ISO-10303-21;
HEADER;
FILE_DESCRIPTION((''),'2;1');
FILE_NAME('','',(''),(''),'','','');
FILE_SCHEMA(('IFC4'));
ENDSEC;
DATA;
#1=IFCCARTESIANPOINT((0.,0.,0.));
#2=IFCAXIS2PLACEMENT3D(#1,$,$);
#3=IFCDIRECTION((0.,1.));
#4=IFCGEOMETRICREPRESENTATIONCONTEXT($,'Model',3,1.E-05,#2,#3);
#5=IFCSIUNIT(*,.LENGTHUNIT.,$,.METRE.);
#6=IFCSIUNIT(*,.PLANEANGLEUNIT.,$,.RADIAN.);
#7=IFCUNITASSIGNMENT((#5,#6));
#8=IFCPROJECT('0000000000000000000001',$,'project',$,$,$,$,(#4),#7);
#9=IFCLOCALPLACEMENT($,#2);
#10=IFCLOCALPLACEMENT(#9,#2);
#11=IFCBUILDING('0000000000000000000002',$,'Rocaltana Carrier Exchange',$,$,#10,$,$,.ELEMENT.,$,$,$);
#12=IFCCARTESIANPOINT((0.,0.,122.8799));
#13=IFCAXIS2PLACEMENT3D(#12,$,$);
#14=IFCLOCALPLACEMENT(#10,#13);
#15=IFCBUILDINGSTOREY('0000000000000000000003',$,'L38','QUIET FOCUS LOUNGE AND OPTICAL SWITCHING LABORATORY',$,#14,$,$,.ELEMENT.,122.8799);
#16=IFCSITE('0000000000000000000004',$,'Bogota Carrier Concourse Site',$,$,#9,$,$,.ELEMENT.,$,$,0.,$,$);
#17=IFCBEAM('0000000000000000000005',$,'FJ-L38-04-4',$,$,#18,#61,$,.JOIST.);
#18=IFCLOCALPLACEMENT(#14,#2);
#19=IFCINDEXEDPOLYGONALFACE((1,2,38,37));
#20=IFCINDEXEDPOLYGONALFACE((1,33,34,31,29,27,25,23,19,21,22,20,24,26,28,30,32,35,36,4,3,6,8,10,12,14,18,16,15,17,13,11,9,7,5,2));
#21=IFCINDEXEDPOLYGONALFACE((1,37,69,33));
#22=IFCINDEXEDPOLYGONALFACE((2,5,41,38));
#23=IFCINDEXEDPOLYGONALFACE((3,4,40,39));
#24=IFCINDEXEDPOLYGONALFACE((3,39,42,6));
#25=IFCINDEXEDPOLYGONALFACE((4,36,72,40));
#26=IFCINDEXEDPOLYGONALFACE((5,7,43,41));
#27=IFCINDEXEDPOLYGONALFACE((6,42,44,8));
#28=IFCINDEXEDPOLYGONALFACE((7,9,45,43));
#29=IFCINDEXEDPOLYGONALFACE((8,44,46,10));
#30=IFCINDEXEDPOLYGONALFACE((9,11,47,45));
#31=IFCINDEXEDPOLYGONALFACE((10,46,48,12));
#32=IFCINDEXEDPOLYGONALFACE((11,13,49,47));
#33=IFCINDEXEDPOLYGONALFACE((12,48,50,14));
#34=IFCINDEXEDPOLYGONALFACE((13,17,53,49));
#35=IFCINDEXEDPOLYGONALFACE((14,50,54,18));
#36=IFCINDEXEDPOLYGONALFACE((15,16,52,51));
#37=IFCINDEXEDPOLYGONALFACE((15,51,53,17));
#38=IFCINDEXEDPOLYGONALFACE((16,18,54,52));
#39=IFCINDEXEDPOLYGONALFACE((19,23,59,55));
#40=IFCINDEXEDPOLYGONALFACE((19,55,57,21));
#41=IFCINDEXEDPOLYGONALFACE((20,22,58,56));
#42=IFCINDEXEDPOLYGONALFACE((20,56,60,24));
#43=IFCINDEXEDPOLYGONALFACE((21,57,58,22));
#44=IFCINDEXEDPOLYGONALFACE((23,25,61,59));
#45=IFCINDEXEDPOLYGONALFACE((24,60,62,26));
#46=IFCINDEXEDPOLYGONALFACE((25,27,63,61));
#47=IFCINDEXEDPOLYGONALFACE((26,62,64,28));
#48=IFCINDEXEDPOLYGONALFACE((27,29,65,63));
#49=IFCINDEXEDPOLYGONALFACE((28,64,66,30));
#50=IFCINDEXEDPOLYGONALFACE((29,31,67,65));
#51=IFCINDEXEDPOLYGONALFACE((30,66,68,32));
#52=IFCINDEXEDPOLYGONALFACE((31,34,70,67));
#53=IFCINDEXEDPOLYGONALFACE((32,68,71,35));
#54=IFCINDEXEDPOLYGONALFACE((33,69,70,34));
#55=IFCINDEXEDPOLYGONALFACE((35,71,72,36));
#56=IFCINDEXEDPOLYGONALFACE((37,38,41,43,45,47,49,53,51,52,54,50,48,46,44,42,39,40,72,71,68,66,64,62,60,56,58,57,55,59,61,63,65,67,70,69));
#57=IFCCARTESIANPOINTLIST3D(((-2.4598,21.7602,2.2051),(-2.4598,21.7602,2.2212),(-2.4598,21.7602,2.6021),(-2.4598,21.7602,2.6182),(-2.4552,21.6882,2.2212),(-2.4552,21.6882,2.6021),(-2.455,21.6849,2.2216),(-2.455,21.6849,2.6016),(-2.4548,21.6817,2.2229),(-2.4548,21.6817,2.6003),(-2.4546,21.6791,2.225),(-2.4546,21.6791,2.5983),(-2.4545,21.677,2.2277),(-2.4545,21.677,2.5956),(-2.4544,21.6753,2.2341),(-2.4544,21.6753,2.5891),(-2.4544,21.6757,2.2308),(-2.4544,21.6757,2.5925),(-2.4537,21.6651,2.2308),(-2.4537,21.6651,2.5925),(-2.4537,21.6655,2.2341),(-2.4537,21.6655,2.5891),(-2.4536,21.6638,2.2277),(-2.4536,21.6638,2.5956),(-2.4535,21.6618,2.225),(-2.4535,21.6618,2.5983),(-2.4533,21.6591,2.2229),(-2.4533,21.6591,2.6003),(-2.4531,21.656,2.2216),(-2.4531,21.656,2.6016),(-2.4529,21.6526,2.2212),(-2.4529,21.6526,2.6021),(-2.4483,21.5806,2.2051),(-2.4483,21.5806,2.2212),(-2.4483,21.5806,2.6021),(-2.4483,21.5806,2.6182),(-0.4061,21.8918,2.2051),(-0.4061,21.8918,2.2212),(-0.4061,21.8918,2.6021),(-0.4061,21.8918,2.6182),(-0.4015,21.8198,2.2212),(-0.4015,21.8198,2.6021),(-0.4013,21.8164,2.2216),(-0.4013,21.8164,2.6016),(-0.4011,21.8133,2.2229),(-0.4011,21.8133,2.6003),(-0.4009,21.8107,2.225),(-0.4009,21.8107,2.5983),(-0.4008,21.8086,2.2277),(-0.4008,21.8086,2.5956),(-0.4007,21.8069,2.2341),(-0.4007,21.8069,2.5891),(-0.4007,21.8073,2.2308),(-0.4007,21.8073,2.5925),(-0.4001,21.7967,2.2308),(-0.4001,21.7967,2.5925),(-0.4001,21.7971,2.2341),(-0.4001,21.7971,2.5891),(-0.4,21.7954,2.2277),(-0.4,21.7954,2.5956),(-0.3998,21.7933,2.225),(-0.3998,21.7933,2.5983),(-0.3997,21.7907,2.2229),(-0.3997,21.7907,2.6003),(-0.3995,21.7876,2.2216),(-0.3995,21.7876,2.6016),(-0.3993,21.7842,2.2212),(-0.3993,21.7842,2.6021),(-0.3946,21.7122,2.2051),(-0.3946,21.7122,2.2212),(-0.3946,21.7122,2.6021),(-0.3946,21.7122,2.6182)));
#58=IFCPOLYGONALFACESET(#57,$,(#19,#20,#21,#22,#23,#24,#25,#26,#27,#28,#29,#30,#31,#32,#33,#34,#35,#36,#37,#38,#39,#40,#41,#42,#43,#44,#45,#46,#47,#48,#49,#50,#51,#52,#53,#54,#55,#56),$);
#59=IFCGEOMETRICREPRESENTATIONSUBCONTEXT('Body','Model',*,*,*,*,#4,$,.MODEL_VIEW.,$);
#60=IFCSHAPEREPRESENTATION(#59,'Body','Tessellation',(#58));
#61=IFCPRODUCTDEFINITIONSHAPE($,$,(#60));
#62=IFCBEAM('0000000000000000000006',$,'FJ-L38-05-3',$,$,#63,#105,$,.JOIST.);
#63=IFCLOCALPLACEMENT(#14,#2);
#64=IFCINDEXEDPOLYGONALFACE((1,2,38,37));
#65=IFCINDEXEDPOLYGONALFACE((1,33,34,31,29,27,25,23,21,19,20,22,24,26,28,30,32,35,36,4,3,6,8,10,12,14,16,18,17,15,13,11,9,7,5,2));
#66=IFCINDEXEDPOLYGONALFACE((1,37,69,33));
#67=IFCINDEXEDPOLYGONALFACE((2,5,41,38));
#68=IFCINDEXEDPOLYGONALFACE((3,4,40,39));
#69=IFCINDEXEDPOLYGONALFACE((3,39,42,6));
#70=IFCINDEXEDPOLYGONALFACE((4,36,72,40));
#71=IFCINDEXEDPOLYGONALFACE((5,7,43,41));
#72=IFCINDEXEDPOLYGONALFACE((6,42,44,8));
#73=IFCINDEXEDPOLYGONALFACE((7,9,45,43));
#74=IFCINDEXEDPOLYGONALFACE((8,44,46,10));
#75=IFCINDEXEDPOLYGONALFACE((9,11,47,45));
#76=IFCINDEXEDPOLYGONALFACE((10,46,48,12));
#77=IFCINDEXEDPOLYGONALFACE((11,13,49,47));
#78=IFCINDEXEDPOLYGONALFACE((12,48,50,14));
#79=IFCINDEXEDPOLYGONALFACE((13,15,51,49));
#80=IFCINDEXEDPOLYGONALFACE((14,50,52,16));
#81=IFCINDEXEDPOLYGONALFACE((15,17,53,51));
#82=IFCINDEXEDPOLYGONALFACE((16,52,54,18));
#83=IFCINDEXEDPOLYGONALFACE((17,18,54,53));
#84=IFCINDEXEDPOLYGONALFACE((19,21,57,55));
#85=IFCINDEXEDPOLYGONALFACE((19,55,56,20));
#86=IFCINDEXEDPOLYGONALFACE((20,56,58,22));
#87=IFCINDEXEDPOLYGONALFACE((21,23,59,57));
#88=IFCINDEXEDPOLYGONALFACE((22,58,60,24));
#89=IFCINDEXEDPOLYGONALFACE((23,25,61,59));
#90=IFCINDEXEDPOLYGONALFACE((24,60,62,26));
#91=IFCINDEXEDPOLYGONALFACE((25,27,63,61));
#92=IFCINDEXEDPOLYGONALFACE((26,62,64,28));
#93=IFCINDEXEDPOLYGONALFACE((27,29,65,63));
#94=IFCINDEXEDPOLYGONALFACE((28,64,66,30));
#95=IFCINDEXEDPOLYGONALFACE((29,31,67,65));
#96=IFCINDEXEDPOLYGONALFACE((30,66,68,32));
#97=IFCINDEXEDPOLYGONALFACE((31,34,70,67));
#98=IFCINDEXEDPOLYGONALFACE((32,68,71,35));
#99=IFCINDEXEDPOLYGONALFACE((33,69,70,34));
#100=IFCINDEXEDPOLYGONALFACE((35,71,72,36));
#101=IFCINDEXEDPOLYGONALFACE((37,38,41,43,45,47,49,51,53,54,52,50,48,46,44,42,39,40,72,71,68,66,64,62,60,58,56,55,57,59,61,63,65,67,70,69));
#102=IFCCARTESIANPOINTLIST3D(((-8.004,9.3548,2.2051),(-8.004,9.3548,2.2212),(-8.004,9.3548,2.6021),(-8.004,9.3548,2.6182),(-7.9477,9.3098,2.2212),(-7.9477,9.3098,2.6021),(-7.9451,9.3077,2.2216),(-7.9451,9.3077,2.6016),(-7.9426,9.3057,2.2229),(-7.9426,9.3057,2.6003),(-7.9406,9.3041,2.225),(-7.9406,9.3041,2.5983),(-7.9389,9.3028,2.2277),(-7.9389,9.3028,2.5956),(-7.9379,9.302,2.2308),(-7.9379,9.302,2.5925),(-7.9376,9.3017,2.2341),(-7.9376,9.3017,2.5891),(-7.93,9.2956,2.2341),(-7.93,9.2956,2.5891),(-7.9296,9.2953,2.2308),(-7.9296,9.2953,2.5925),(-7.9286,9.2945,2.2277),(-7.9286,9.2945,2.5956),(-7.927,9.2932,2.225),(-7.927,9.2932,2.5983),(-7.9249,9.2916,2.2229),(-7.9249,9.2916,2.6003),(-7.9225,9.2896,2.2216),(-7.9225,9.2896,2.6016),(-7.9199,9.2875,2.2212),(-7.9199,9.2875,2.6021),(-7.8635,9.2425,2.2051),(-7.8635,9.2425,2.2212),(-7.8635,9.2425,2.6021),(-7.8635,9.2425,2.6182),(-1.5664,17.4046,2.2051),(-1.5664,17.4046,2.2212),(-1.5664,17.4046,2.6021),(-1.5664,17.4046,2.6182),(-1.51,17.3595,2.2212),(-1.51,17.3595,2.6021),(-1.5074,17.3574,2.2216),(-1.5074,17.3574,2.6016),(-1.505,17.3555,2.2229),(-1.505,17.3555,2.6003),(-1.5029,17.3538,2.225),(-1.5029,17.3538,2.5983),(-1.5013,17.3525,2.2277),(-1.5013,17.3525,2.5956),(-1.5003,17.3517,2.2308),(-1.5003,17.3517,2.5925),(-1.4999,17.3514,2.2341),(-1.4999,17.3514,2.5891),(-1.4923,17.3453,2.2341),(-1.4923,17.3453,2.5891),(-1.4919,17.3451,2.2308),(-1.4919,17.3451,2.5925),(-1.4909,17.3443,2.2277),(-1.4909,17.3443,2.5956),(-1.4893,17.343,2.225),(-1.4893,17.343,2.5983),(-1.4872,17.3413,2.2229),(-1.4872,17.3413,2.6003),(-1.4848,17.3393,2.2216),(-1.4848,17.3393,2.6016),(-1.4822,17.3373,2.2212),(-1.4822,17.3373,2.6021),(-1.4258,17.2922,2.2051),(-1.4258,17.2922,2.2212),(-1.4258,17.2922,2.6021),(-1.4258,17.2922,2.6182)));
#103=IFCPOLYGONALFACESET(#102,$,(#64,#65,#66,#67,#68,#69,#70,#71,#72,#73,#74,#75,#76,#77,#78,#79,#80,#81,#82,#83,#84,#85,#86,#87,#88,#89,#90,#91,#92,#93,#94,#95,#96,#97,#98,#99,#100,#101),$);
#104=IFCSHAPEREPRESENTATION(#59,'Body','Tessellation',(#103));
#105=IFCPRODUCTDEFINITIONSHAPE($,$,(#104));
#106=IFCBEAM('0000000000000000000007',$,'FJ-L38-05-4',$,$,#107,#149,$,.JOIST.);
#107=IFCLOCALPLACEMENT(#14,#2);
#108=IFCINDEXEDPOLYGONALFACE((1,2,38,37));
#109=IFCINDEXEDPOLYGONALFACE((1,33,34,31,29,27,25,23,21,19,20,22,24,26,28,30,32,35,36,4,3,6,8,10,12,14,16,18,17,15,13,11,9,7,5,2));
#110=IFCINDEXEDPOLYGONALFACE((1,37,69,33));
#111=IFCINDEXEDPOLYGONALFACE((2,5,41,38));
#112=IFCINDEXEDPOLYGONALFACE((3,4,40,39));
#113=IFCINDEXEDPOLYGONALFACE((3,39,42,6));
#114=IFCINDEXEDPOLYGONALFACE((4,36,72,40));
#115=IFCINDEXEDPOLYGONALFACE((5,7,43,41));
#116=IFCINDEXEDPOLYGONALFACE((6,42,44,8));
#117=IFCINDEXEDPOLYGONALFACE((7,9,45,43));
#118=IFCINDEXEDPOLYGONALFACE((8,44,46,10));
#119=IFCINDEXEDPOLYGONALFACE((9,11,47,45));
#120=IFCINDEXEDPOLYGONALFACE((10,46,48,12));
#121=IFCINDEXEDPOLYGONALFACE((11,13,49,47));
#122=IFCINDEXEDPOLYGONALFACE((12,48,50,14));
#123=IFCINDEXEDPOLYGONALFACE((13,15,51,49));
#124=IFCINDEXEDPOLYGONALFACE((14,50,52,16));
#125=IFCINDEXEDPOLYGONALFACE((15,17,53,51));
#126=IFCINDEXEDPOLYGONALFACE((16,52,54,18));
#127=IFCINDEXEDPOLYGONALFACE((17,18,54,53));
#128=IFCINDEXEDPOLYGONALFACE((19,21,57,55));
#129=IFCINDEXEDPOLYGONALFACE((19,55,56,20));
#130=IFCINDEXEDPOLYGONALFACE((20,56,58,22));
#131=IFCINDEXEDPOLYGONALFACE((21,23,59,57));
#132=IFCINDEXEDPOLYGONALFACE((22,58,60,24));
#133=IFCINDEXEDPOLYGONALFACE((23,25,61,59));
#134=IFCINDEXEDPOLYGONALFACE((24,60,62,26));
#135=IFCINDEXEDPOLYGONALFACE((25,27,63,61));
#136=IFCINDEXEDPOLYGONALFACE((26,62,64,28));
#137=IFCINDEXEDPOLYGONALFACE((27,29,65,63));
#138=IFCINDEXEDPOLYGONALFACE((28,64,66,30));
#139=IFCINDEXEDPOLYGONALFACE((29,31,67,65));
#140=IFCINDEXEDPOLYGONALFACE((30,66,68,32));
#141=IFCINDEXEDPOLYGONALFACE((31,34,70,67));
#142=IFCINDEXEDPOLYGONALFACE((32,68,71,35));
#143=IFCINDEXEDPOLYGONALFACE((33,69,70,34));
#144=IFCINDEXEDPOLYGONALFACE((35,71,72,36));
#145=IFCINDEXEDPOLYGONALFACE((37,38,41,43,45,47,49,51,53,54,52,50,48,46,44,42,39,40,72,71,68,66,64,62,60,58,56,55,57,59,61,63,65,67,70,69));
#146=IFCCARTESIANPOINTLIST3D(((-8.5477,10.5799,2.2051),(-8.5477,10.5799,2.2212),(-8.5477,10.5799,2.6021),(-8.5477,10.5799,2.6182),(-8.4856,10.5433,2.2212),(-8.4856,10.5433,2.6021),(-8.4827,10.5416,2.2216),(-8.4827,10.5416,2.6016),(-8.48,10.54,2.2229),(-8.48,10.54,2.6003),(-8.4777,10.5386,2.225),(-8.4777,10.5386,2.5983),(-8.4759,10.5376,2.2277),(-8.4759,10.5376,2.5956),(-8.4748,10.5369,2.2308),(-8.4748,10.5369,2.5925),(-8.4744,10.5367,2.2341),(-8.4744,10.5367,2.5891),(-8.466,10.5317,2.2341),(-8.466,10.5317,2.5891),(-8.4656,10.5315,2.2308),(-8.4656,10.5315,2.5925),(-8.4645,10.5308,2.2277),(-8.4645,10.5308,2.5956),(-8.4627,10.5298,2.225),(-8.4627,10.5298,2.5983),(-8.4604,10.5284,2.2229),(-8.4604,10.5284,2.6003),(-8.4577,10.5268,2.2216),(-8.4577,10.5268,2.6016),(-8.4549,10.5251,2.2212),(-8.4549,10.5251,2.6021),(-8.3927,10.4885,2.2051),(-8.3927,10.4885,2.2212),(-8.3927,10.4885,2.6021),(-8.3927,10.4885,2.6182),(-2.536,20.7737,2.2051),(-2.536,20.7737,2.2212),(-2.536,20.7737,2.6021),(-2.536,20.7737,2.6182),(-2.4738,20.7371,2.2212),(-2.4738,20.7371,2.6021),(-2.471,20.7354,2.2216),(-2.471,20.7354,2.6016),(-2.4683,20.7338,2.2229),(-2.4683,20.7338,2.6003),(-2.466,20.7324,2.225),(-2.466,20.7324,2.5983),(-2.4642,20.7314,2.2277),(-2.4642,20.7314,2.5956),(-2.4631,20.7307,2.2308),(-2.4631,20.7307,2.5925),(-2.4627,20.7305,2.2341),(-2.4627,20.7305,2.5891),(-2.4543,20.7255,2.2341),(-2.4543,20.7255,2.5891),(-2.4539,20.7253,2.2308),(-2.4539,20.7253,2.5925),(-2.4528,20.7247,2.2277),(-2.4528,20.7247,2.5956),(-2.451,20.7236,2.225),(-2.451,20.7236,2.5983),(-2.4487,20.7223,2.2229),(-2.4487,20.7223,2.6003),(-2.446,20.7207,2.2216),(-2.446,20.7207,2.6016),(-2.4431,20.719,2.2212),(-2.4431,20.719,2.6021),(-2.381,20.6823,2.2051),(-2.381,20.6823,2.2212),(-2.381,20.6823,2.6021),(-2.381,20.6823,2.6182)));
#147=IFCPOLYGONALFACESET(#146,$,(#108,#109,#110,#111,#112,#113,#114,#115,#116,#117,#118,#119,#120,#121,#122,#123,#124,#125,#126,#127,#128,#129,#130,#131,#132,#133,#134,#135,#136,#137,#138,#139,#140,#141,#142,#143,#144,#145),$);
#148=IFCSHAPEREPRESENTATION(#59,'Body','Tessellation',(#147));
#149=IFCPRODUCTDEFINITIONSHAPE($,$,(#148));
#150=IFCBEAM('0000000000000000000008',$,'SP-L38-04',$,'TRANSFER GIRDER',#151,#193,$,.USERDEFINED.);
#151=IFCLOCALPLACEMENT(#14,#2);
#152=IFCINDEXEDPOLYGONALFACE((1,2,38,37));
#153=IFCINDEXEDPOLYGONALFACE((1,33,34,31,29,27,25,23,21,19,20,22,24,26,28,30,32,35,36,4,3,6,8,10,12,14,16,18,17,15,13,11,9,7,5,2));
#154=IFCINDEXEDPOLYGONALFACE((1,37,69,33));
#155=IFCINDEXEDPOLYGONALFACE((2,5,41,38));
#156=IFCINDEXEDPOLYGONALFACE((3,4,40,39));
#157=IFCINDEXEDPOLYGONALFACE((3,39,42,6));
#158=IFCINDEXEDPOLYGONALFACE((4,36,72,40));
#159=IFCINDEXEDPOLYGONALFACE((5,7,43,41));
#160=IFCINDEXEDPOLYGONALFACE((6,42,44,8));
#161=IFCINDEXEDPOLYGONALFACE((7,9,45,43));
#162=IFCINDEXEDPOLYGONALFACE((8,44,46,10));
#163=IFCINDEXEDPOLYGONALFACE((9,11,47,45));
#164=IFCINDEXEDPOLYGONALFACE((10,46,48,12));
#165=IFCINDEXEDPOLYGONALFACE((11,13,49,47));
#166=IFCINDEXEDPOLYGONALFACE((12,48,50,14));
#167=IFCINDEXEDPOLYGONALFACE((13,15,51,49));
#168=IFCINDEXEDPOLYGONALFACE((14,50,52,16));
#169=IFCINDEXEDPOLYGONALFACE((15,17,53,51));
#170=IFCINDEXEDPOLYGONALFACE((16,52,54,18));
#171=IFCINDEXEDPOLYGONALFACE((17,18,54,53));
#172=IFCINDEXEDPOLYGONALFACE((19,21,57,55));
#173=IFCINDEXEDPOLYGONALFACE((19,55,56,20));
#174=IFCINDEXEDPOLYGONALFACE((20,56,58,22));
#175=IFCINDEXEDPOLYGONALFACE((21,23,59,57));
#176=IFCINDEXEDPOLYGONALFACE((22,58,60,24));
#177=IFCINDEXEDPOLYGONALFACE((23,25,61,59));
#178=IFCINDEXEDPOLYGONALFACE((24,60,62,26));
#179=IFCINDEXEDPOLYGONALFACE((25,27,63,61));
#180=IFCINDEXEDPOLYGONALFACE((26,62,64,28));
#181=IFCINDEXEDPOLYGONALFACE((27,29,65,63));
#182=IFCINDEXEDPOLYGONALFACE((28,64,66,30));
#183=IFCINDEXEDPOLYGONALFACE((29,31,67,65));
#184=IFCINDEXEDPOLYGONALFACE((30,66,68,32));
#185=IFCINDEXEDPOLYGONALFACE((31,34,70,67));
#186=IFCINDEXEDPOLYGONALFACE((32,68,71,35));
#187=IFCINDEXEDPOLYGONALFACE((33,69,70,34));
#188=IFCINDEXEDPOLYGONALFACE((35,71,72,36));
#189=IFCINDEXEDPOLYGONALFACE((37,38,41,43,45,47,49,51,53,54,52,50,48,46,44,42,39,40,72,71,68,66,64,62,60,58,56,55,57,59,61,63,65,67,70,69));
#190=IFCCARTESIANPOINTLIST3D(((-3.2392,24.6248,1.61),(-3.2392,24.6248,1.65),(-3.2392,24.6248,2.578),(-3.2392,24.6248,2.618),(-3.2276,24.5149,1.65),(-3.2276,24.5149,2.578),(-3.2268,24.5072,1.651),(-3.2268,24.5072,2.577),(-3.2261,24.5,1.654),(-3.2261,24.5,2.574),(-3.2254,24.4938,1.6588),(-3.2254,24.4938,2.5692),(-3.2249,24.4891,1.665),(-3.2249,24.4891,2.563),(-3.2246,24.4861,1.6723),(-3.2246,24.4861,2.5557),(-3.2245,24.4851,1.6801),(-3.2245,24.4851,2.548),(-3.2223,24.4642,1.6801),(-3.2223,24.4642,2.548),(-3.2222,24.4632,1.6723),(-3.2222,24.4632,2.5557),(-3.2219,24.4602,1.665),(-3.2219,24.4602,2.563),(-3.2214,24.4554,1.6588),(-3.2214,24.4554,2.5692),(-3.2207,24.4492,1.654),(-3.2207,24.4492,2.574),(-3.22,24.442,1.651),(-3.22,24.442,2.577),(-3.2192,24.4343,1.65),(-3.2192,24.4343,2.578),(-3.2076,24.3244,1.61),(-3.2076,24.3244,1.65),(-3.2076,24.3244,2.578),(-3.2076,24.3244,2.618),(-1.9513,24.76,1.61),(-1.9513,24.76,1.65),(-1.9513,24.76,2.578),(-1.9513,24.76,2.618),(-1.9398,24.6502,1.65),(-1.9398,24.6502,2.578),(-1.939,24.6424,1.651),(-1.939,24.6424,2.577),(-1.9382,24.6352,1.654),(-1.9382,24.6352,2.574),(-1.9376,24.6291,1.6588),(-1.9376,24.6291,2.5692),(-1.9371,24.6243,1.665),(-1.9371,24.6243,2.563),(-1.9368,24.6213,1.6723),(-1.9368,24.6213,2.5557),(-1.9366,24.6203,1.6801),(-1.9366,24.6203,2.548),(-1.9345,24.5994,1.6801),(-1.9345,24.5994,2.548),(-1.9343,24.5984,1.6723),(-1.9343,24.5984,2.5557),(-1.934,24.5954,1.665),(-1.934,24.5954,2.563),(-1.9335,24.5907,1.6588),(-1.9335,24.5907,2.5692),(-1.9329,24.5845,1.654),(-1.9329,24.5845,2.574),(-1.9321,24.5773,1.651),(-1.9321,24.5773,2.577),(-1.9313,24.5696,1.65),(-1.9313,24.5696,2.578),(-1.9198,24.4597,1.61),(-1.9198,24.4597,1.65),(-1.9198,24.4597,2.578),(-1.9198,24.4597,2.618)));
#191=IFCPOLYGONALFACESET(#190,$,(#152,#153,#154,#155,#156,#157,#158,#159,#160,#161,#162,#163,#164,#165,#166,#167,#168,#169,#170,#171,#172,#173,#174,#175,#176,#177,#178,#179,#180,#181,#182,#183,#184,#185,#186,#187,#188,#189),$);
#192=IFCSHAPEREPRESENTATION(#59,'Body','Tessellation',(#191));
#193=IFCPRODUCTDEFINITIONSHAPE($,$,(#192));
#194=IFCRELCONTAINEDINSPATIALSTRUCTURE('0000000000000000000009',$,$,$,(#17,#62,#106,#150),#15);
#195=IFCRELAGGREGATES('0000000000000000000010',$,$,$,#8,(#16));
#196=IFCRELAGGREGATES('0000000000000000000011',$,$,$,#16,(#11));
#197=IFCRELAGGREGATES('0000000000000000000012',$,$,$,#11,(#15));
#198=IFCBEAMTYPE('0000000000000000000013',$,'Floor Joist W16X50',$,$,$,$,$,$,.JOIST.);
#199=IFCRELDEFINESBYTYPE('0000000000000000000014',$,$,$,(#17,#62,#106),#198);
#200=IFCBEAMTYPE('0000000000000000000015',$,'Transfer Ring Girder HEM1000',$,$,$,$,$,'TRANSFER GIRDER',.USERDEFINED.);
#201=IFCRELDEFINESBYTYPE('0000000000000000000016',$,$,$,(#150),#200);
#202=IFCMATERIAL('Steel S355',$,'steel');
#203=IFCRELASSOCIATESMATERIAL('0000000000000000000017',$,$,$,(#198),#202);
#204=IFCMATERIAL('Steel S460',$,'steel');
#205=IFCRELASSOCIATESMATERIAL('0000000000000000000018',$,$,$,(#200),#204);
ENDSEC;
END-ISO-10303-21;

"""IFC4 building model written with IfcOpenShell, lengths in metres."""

from ifc_helpers import new_model, si_unit, direction, frame, origin, origin_2d, place, context, subcontext, project, spatial, i_section, extrude, material, material_profile, profile_set, type_object, element, save


model = new_model("IFC4")

# Units and contexts
model_context = context("Model", 3, precision=1e-05, world=origin(), true_north=direction((0.0, 1.0)))
body_context = subcontext(model_context, "Body", "Model", "MODEL_VIEW")
ifc_project = project(units=[si_unit("LENGTHUNIT", "METRE"), si_unit("PLANEANGLEUNIT", "RADIAN")], contexts=[model_context])

# Site, building, storey
site_placement = place(None, origin())
site = spatial("IfcSite", under=ifc_project, at=site_placement, Name="Bogota Carrier Concourse Site", CompositionType="ELEMENT", RefElevation=0.0)
building_placement = place(site_placement, origin())
building = spatial("IfcBuilding", under=site, at=building_placement, Name="Rocaltana Carrier Exchange", CompositionType="ELEMENT")
storey_placement = place(building_placement, frame((0.0, 0.0, 122.8799)))
storey = spatial("IfcBuildingStorey", under=building, at=storey_placement, Name="L38", Description="QUIET FOCUS LOUNGE AND OPTICAL SWITCHING LABORATORY", CompositionType="ELEMENT", Elevation=122.8799)

# Beams
ifc_material_1 = material(Name="Steel S355", Category="steel")
ifc_material_profile_1 = material_profile(ifc_material_1, i_section(OverallWidth=0.1799, OverallDepth=0.4131, WebThickness=0.0098, FlangeThickness=0.0161, FilletRadius=0.0129, at=origin_2d()), Name="W16X50")
ifc_profile_set_1 = profile_set([ifc_material_profile_1], Name="Steel S355")
beam_type_1 = type_object("IfcBeamType", Name="Floor Joist W16X50", PredefinedType="JOIST", material=ifc_profile_set_1)
beam_1_placement = place(storey_placement, frame((-0.4004, 21.802, 2.4116), z_axis=(-0.997953, -0.063944, 0.0), x_axis=(0.063944, -0.997953, 0.0)))
element("IfcBeam", 1, at=beam_1_placement, inside=storey, type_object=beam_type_1, Name="FJ-L38-04-4", PredefinedType="JOIST", context=body_context, shape_type="SweptSolid", body=[
    extrude(i_section(OverallWidth=0.1799, OverallDepth=0.4131, WebThickness=0.0098, FlangeThickness=0.0161, FilletRadius=0.0129, at=origin_2d()), origin(), (0.0, 0.0, 1.0), 2.0579),
])
beam_2_placement = place(storey_placement, frame((-1.4961, 17.3484, 2.4116), z_axis=(-0.624571, -0.780968, 0.0), x_axis=(0.780968, -0.624571, 0.0)))
element("IfcBeam", 2, at=beam_2_placement, inside=storey, type_object=beam_type_1, Name="FJ-L38-05-3", PredefinedType="JOIST", context=body_context, shape_type="SweptSolid", body=[
    extrude(i_section(OverallWidth=0.1799, OverallDepth=0.4131, WebThickness=0.0098, FlangeThickness=0.0161, FilletRadius=0.0129, at=origin_2d()), origin(), (0.0, 0.0, 1.0), 10.3074),
])
beam_3_placement = place(storey_placement, frame((-2.4585, 20.728, 2.4116), z_axis=(-0.507983, -0.861367, 0.0), x_axis=(0.861367, -0.507983, 0.0)))
element("IfcBeam", 3, at=beam_3_placement, inside=storey, type_object=beam_type_1, Name="FJ-L38-05-4", PredefinedType="JOIST", context=body_context, shape_type="SweptSolid", body=[
    extrude(i_section(OverallWidth=0.1799, OverallDepth=0.4131, WebThickness=0.0098, FlangeThickness=0.0161, FilletRadius=0.0129, at=origin_2d()), origin(), (0.0, 0.0, 1.0), 11.8345),
])
ifc_material_2 = material(Name="Steel S460", Category="steel")
ifc_material_profile_2 = material_profile(ifc_material_2, i_section(OverallWidth=0.302, OverallDepth=1.0081, WebThickness=0.021, FlangeThickness=0.04, FilletRadius=0.03, at=origin_2d()), Name="HEM1000")
ifc_profile_set_2 = profile_set([ifc_material_profile_2], Name="Steel S460")
beam_type_2 = type_object("IfcBeamType", Name="Transfer Ring Girder HEM1000", ElementType="TRANSFER GIRDER", PredefinedType="USERDEFINED", material=ifc_profile_set_2)
beam_4_placement = place(storey_placement, frame((-1.9355, 24.6099, 2.114), z_axis=(-0.99453, -0.104449, 0.0), x_axis=(0.104449, -0.99453, 0.0)))
element("IfcBeam", 4, at=beam_4_placement, inside=storey, type_object=beam_type_2, Name="SP-L38-04", ObjectType="TRANSFER GIRDER", PredefinedType="USERDEFINED", context=body_context, shape_type="SweptSolid", body=[
    extrude(i_section(OverallWidth=0.302, OverallDepth=1.0081, WebThickness=0.021, FlangeThickness=0.04, FilletRadius=0.03, at=origin_2d()), origin(), (0.0, 0.0, 1.0), 1.2949),
])

save(model, "model.ifc")
